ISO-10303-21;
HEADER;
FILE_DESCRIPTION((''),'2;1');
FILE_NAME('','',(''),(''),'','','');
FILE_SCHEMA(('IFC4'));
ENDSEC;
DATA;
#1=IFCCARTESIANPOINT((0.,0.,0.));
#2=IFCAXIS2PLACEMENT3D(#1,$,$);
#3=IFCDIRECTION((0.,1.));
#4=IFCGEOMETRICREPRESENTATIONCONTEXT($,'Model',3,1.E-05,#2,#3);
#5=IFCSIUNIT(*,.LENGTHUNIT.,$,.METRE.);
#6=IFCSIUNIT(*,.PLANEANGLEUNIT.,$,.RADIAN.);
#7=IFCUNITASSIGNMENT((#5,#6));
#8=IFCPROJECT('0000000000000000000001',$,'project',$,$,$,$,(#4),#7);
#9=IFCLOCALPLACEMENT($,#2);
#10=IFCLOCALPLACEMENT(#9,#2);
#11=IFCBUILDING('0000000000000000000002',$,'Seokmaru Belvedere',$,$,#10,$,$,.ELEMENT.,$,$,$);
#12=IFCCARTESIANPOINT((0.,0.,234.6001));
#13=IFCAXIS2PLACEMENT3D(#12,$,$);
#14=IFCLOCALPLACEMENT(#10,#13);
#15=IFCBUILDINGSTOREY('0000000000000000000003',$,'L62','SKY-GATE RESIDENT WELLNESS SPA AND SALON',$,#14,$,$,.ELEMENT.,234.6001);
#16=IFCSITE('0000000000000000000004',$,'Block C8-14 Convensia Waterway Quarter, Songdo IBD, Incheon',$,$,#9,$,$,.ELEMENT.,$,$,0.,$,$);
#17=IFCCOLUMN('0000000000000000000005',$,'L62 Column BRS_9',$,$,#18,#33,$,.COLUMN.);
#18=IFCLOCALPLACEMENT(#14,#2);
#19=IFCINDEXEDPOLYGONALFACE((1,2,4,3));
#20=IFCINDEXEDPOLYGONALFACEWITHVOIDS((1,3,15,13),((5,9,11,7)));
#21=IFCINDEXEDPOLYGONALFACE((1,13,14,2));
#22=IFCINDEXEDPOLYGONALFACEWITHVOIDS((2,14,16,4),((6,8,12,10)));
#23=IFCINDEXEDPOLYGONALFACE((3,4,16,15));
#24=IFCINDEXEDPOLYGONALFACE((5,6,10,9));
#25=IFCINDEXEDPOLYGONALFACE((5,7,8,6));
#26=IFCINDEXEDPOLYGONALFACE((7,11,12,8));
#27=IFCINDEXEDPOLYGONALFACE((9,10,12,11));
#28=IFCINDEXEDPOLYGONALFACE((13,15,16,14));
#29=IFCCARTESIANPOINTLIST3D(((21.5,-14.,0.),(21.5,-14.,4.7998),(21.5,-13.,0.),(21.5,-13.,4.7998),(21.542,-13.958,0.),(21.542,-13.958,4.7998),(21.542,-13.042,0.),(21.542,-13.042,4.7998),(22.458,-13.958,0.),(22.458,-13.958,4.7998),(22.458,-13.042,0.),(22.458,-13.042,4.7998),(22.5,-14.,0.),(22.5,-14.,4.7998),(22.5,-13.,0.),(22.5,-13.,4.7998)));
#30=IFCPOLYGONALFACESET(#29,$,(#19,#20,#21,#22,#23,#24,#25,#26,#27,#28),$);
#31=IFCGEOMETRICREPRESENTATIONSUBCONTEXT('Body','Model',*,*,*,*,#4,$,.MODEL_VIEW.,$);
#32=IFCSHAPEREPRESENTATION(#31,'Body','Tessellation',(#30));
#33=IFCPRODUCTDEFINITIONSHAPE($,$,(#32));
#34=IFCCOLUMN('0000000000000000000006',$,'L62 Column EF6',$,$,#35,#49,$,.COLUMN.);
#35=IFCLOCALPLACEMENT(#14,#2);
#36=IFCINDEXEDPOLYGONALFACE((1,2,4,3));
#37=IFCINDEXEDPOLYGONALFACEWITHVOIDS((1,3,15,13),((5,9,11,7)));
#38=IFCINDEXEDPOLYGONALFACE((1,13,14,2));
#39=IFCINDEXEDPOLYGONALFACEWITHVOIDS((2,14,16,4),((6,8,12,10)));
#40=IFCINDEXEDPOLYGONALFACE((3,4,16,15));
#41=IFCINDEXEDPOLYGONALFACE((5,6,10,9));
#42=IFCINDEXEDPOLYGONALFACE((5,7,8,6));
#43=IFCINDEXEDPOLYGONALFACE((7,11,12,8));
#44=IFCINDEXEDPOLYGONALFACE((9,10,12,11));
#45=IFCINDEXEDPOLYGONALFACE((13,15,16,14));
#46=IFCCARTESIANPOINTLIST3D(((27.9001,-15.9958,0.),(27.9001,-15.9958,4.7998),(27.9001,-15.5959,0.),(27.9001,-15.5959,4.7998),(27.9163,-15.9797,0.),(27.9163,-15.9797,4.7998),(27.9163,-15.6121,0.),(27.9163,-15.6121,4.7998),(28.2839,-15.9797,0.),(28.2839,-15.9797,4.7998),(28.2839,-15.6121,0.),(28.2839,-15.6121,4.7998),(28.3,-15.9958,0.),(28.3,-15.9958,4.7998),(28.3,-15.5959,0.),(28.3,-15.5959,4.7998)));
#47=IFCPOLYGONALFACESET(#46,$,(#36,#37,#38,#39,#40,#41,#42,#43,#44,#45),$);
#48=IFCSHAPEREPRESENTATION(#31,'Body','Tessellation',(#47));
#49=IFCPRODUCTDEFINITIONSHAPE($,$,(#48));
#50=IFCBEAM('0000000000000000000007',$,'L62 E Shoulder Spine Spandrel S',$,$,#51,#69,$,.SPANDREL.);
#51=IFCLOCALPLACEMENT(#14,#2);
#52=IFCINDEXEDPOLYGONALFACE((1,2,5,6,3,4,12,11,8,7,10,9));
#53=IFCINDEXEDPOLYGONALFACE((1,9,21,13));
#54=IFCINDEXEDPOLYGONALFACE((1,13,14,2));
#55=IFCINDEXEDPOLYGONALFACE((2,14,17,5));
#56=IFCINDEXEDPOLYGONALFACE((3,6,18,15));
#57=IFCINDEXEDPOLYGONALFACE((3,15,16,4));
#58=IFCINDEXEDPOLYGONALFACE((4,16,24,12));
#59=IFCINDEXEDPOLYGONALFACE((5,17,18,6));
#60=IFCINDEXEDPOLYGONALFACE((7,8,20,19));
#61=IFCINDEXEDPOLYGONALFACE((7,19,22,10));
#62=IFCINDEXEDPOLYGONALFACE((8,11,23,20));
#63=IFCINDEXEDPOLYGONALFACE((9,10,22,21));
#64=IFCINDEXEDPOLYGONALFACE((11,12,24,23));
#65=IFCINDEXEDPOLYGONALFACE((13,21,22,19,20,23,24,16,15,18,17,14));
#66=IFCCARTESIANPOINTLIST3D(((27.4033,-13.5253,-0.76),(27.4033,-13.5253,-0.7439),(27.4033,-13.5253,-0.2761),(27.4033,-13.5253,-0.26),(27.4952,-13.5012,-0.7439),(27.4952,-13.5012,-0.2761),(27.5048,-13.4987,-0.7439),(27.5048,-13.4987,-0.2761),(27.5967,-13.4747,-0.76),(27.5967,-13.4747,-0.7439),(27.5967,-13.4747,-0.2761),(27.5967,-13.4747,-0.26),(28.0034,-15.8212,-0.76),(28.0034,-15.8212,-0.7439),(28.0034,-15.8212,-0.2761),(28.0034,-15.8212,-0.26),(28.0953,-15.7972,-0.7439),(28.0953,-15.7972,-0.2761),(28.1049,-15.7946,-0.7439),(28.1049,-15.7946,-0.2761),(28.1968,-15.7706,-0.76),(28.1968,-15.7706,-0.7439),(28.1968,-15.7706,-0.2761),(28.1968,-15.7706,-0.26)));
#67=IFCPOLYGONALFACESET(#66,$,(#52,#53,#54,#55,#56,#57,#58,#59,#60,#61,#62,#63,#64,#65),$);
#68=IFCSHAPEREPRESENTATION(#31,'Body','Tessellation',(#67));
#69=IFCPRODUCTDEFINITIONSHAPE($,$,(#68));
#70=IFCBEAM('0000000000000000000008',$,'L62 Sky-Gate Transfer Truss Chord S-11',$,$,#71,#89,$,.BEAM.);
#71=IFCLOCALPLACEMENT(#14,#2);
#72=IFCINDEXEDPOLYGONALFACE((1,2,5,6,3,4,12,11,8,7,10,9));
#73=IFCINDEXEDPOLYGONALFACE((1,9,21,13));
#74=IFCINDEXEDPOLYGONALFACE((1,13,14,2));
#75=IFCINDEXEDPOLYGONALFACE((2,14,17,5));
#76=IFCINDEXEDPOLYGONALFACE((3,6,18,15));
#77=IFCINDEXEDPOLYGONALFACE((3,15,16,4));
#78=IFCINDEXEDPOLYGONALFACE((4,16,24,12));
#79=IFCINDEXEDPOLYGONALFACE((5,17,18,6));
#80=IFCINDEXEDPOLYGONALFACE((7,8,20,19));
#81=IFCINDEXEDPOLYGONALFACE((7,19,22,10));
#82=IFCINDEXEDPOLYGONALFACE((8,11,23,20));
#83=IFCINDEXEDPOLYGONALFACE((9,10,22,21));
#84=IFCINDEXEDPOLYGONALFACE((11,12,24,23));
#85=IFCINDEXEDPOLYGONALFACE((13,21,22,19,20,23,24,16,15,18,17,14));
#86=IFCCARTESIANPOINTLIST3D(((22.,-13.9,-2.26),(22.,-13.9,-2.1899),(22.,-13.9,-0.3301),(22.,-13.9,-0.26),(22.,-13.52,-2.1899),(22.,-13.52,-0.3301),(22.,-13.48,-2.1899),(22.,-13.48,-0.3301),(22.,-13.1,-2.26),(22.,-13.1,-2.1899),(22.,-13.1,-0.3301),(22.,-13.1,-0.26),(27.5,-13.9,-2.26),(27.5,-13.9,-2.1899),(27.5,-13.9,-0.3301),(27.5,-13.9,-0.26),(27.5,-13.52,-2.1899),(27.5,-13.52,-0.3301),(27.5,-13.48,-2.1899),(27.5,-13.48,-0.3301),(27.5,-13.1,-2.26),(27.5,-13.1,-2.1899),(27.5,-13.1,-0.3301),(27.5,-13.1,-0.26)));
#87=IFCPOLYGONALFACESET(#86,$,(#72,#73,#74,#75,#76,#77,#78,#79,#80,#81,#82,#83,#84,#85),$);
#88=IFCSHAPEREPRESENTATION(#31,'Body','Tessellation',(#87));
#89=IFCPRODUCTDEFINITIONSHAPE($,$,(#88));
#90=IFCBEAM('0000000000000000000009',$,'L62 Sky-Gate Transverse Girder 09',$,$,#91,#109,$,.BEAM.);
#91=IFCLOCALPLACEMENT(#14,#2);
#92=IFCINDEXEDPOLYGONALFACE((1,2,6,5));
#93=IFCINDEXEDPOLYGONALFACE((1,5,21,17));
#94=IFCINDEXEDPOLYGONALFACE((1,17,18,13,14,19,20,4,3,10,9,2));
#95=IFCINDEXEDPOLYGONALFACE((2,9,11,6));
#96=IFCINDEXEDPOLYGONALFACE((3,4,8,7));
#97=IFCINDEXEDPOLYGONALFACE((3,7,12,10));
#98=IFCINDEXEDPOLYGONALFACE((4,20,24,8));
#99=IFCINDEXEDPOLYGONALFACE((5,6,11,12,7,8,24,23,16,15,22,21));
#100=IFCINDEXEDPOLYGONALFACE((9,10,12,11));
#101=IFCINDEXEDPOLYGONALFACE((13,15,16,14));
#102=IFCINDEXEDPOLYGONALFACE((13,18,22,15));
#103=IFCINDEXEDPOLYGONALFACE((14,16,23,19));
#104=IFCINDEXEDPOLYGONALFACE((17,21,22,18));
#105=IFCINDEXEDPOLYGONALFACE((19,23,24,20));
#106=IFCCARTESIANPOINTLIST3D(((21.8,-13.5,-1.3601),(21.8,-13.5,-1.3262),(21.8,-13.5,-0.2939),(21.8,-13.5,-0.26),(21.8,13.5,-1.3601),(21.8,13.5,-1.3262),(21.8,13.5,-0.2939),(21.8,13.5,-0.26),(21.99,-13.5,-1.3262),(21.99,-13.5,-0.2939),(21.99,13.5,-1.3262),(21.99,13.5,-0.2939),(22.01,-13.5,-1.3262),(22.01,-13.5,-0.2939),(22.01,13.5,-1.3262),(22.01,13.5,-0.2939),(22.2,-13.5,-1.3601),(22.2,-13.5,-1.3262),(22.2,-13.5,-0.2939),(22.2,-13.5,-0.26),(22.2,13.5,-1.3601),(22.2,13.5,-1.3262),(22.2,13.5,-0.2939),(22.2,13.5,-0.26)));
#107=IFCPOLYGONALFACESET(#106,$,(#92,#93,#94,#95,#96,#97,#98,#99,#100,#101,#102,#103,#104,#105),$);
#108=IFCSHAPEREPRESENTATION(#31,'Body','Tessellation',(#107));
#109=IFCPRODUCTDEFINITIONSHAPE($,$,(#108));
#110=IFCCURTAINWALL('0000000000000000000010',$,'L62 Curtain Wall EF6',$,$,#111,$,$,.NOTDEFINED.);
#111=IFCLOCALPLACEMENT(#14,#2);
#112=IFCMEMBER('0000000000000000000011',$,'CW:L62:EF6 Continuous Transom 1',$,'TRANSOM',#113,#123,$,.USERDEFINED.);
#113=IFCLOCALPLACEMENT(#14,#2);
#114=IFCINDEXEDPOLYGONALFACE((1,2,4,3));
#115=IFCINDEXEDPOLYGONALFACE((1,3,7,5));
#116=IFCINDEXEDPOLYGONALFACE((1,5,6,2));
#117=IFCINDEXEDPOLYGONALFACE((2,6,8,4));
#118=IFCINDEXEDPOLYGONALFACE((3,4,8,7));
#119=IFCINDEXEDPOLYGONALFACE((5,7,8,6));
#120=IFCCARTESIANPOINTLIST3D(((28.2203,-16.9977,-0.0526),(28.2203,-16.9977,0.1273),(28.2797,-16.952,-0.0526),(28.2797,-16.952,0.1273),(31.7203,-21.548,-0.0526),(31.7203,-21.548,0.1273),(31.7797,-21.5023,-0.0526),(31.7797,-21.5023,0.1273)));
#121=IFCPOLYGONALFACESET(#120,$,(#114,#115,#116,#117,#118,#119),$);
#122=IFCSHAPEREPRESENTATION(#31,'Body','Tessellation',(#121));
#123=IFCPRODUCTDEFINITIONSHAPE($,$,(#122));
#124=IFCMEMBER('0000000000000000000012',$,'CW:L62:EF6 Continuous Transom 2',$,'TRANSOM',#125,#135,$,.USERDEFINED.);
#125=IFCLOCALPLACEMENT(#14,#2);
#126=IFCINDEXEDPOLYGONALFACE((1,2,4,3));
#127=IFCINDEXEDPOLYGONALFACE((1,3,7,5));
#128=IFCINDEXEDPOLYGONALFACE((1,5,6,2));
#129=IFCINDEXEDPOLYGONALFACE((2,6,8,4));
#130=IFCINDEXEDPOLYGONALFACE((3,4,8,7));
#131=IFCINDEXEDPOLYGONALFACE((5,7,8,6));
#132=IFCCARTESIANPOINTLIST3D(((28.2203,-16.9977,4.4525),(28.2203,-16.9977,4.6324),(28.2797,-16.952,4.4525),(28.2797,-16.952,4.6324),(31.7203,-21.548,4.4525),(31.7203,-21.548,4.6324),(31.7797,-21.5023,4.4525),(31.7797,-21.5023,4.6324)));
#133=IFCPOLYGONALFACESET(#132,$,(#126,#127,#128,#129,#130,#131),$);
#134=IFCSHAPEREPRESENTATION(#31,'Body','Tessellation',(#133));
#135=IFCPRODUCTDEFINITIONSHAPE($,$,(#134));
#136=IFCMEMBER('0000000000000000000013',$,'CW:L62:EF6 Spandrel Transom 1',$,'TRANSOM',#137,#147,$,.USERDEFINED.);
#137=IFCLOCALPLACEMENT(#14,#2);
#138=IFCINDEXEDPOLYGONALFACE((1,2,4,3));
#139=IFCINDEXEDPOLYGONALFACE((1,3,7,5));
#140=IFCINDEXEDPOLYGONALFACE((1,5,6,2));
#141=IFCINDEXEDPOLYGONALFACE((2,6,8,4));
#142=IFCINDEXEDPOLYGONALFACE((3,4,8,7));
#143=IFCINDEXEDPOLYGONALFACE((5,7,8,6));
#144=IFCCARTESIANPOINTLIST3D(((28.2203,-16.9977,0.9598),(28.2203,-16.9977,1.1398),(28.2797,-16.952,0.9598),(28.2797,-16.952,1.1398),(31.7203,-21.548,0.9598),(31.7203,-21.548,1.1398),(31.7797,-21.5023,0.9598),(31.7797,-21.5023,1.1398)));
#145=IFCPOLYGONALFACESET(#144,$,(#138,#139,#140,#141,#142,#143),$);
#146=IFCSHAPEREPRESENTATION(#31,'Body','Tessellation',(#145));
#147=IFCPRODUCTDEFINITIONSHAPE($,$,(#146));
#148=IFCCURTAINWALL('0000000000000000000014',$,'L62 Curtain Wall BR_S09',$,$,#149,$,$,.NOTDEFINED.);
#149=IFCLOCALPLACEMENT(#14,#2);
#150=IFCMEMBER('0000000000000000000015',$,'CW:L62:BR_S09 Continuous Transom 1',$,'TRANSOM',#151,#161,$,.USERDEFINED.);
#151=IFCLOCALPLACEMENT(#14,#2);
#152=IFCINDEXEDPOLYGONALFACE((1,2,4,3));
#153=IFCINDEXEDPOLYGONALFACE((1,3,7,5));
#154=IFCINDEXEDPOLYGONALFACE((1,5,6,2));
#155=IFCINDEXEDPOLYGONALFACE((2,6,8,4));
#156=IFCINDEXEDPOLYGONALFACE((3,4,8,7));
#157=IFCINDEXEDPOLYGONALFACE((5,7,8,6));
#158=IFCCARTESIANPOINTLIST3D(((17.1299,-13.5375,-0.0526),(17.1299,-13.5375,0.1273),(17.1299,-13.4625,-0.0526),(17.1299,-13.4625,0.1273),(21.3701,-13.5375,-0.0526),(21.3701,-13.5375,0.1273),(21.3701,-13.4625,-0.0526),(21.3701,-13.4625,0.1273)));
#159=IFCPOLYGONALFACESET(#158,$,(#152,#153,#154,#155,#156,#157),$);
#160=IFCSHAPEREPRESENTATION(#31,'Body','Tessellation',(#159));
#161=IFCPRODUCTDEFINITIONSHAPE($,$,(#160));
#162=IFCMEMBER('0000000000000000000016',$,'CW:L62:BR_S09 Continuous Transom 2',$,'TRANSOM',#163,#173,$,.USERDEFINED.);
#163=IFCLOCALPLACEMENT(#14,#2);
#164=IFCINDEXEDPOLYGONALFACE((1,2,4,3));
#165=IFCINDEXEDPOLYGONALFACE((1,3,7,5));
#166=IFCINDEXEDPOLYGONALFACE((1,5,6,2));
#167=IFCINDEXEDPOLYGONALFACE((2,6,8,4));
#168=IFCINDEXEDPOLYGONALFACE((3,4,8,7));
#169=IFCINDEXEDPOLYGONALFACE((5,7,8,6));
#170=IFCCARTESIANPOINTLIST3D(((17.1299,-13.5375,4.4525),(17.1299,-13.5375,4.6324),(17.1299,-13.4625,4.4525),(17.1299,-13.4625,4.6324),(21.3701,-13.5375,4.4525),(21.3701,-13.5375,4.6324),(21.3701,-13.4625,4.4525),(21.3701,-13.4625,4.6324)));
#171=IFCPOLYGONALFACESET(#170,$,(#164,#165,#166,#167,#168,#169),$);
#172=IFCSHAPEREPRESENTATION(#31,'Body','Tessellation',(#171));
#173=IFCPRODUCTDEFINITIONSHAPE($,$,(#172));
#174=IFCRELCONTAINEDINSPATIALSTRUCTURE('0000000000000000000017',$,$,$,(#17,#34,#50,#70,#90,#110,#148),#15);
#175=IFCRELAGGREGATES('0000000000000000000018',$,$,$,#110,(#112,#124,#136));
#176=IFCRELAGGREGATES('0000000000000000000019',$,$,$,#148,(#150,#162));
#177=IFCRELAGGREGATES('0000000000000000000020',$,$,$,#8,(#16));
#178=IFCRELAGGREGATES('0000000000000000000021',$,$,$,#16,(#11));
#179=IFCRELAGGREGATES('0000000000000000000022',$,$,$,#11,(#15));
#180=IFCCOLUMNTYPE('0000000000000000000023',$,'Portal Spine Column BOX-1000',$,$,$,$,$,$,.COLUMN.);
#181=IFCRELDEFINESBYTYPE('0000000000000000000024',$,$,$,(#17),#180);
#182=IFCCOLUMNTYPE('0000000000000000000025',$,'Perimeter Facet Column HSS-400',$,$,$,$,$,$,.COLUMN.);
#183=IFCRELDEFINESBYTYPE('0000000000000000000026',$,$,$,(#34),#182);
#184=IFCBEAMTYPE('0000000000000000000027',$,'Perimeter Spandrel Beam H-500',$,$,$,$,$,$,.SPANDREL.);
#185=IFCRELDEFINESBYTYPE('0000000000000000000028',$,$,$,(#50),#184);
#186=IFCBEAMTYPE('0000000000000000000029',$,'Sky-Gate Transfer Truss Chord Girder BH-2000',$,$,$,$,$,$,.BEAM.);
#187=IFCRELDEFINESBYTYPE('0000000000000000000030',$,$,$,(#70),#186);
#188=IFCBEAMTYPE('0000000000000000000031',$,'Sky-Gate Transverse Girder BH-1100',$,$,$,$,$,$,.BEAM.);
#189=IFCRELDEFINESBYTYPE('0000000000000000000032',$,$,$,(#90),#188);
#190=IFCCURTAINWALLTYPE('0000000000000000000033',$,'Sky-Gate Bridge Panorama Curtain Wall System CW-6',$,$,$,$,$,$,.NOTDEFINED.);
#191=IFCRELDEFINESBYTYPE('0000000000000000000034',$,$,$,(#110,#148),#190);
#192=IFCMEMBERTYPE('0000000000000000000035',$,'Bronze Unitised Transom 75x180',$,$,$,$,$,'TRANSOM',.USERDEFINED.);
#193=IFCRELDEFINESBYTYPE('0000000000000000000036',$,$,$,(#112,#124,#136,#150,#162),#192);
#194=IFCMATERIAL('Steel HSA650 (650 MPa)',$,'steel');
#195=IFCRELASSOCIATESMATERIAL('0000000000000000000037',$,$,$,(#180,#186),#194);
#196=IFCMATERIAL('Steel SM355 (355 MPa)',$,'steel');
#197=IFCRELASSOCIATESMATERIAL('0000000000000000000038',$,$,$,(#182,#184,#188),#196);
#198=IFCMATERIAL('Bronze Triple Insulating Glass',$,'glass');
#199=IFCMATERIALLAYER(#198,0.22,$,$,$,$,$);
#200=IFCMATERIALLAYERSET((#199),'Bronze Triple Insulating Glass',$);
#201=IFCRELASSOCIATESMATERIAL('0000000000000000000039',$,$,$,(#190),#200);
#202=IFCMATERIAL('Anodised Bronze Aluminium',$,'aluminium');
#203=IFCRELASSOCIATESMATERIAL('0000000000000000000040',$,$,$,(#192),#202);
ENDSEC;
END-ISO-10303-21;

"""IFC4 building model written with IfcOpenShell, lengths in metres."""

from ifc_helpers import new_model, si_unit, direction, frame, origin, origin_2d, place, context, subcontext, project, spatial, rectangle, hollow_rectangle, i_section, extrude, source, transform, mapped, material, layer, layer_set, material_profile, profile_set, type_object, type_shapes, element, aggregate, save


model = new_model("IFC4")

# Units and contexts
model_context = context("Model", 3, precision=1e-05, world=origin(), true_north=direction((0.0, 1.0)))
body_context = subcontext(model_context, "Body", "Model", "MODEL_VIEW")
ifc_project = project(units=[si_unit("LENGTHUNIT", "METRE"), si_unit("PLANEANGLEUNIT", "RADIAN")], contexts=[model_context])

# Site, building, storey
site_placement = place(None, origin())
site = spatial("IfcSite", under=ifc_project, at=site_placement, Name="Block C8-14 Convensia Waterway Quarter, Songdo IBD, Incheon", CompositionType="ELEMENT", RefElevation=0.0)
building_placement = place(site_placement, origin())
building = spatial("IfcBuilding", under=site, at=building_placement, Name="Seokmaru Belvedere", CompositionType="ELEMENT")
storey_placement = place(building_placement, frame((0.0, 0.0, 234.6001)))
storey = spatial("IfcBuildingStorey", under=building, at=storey_placement, Name="L62", Description="SKY-GATE RESIDENT WELLNESS SPA AND SALON", CompositionType="ELEMENT", Elevation=234.6001)

# Columns
ifc_material_1 = material(Name="Steel HSA650 (650 MPa)", Category="steel")
ifc_material_profile_1 = material_profile(ifc_material_1, hollow_rectangle(XDim=1.0, YDim=1.0, WallThickness=0.042, at=origin_2d()), Name="BOX-1000x1000x42")
ifc_profile_set_1 = profile_set([ifc_material_profile_1], Name="Steel HSA650 (650 MPa)")
column_type_1 = type_object("IfcColumnType", Name="Portal Spine Column BOX-1000", PredefinedType="COLUMN", material=ifc_profile_set_1)
shared_shape_1 = source(origin(), body_context, "Body", "SweptSolid", [
    extrude(hollow_rectangle(XDim=1.0, YDim=1.0, WallThickness=0.042, at=origin_2d()), origin(), (0.0, 0.0, 1.0), 4.7998),
])
type_shapes(column_type_1, [shared_shape_1])
column_1_placement = place(storey_placement, frame((22.0, -13.5, 0.0), z_axis=(0.0, 0.0, 1.0), x_axis=(1.0, 0.0, 0.0)))
element("IfcColumn", 1, at=column_1_placement, inside=storey, type_object=column_type_1, Name="L62 Column BRS_9", PredefinedType="COLUMN", context=body_context, shape_type="MappedRepresentation", body=[
    mapped(shared_shape_1, transform((0.0, 0.0, 0.0), scale=1.0)),
])
ifc_material_2 = material(Name="Steel SM355 (355 MPa)", Category="steel")
ifc_material_profile_2 = material_profile(ifc_material_2, hollow_rectangle(XDim=0.3999, YDim=0.3999, WallThickness=0.0161, at=origin_2d()), Name="HSS-400x400x16")
ifc_profile_set_2 = profile_set([ifc_material_profile_2], Name="Steel SM355 (355 MPa)")
column_type_2 = type_object("IfcColumnType", Name="Perimeter Facet Column HSS-400", PredefinedType="COLUMN", material=ifc_profile_set_2)
shared_shape_2 = source(origin(), body_context, "Body", "SweptSolid", [
    extrude(hollow_rectangle(XDim=0.3999, YDim=0.3999, WallThickness=0.0161, at=origin_2d()), origin(), (0.0, 0.0, 1.0), 4.7998),
])
type_shapes(column_type_2, [shared_shape_2])
column_2_placement = place(storey_placement, frame((28.1001, -15.7959, 0.0), z_axis=(0.0, 0.0, 1.0), x_axis=(1.0, 0.0, 0.0)))
element("IfcColumn", 2, at=column_2_placement, inside=storey, type_object=column_type_2, Name="L62 Column EF6", PredefinedType="COLUMN", context=body_context, shape_type="MappedRepresentation", body=[
    mapped(shared_shape_2, transform((0.0, 0.0, 0.0), scale=1.0)),
])

# Beams
ifc_material_profile_3 = material_profile(ifc_material_2, i_section(OverallWidth=0.2, OverallDepth=0.5, WebThickness=0.01, FlangeThickness=0.0161, at=origin_2d()), Name="H-500x200x10x16")
ifc_profile_set_3 = profile_set([ifc_material_profile_3], Name="Steel SM355 (355 MPa)")
beam_type_1 = type_object("IfcBeamType", Name="Perimeter Spandrel Beam H-500", PredefinedType="SPANDREL", material=ifc_profile_set_3)
shared_shape_3 = source(origin(), body_context, "Body", "SweptSolid", [
    extrude(i_section(OverallWidth=0.2, OverallDepth=0.5, WebThickness=0.01, FlangeThickness=0.0161, at=origin_2d()), origin(), (0.0, 0.0, 1.0), 2.373),
])
type_shapes(beam_type_1, [shared_shape_3])
beam_1_placement = place(storey_placement, frame((28.1001, -15.7959, -0.51), z_axis=(-0.252883, 0.967497, 0.0), x_axis=(-0.967497, -0.252883, 0.0)))
element("IfcBeam", 3, at=beam_1_placement, inside=storey, type_object=beam_type_1, Name="L62 E Shoulder Spine Spandrel S", PredefinedType="SPANDREL", context=body_context, shape_type="MappedRepresentation", body=[
    mapped(shared_shape_3, transform((0.0, 0.0, 0.0), scale=1.0)),
])
ifc_material_profile_4 = material_profile(ifc_material_1, i_section(OverallWidth=0.8, OverallDepth=2.0, WebThickness=0.04, FlangeThickness=0.0701, at=origin_2d()), Name="BH-2000x800x40x70")
ifc_profile_set_4 = profile_set([ifc_material_profile_4], Name="Steel HSA650 (650 MPa)")
beam_type_2 = type_object("IfcBeamType", Name="Sky-Gate Transfer Truss Chord Girder BH-2000", PredefinedType="BEAM", material=ifc_profile_set_4)
shared_shape_4 = source(origin(), body_context, "Body", "SweptSolid", [
    extrude(i_section(OverallWidth=0.8, OverallDepth=2.0, WebThickness=0.04, FlangeThickness=0.0701, at=origin_2d()), origin(), (0.0, 0.0, 1.0), 5.5),
])
type_shapes(beam_type_2, [shared_shape_4])
beam_2_placement = place(storey_placement, frame((22.0, -13.5, -1.26), z_axis=(1.0, 0.0, 0.0), x_axis=(0.0, 1.0, 0.0)))
element("IfcBeam", 4, at=beam_2_placement, inside=storey, type_object=beam_type_2, Name="L62 Sky-Gate Transfer Truss Chord S-11", PredefinedType="BEAM", context=body_context, shape_type="MappedRepresentation", body=[
    mapped(shared_shape_4, transform((0.0, 0.0, 0.0), scale=1.0)),
])
ifc_material_profile_5 = material_profile(ifc_material_2, i_section(OverallWidth=0.3999, OverallDepth=1.1001, WebThickness=0.02, FlangeThickness=0.0339, at=origin_2d()), Name="BH-1100x400x20x34")
ifc_profile_set_5 = profile_set([ifc_material_profile_5], Name="Steel SM355 (355 MPa)")
beam_type_3 = type_object("IfcBeamType", Name="Sky-Gate Transverse Girder BH-1100", PredefinedType="BEAM", material=ifc_profile_set_5)
shared_shape_5 = source(origin(), body_context, "Body", "SweptSolid", [
    extrude(i_section(OverallWidth=0.3999, OverallDepth=1.1001, WebThickness=0.02, FlangeThickness=0.0339, at=origin_2d()), origin(), (0.0, 0.0, 1.0), 27.0),
])
type_shapes(beam_type_3, [shared_shape_5])
beam_3_placement = place(storey_placement, frame((22.0, -13.5, -0.8101), z_axis=(0.0, 1.0, 0.0), x_axis=(-1.0, 0.0, 0.0)))
element("IfcBeam", 5, at=beam_3_placement, inside=storey, type_object=beam_type_3, Name="L62 Sky-Gate Transverse Girder 09", PredefinedType="BEAM", context=body_context, shape_type="MappedRepresentation", body=[
    mapped(shared_shape_5, transform((0.0, 0.0, 0.0), scale=1.0)),
])

# Curtain walls, members
ifc_material_3 = material(Name="Bronze Triple Insulating Glass", Category="glass")
ifc_layer_1 = layer(ifc_material_3, 0.22)
ifc_layer_set_1 = layer_set([ifc_layer_1], Name="Bronze Triple Insulating Glass")
curtain_wall_type = type_object("IfcCurtainWallType", Name="Sky-Gate Bridge Panorama Curtain Wall System CW-6", PredefinedType="NOTDEFINED", material=ifc_layer_set_1)
curtain_wall_1_placement = place(storey_placement, origin())
curtain_wall_1 = element("IfcCurtainWall", 6, at=curtain_wall_1_placement, inside=storey, type_object=curtain_wall_type, Name="L62 Curtain Wall EF6", PredefinedType="NOTDEFINED")
ifc_material_4 = material(Name="Anodised Bronze Aluminium", Category="aluminium")
ifc_material_profile_6 = material_profile(ifc_material_4, rectangle(XDim=0.075, YDim=0.1799, at=origin_2d()), Name="CW-T-75x180")
ifc_profile_set_6 = profile_set([ifc_material_profile_6], Name="Anodised Bronze Aluminium")
member_type_1 = type_object("IfcMemberType", Name="Bronze Unitised Transom 75x180", ElementType="TRANSOM", PredefinedType="USERDEFINED", material=ifc_profile_set_6)
shared_shape_6 = source(origin(), body_context, "Body", "SweptSolid", [
    extrude(rectangle(XDim=0.075, YDim=0.1799, at=origin_2d()), origin(), (0.0, 0.0, 1.0), 5.7407),
])
member_1_placement = place(storey_placement, frame((28.25, -16.9749, 0.0374), z_axis=(0.609686, -0.792643, 0.0), x_axis=(0.792643, 0.609686, 0.0)))
member_1 = element("IfcMember", 7, at=member_1_placement, type_object=member_type_1, Name="CW:L62:EF6 Continuous Transom 1", ObjectType="TRANSOM", PredefinedType="USERDEFINED", context=body_context, shape_type="MappedRepresentation", body=[
    mapped(shared_shape_6, transform((0.0, 0.0, 0.0), scale=1.0)),
])
member_2_placement = place(storey_placement, frame((28.25, -16.9749, 4.5425), z_axis=(0.609686, -0.792643, 0.0), x_axis=(0.792643, 0.609686, 0.0)))
member_2 = element("IfcMember", 8, at=member_2_placement, type_object=member_type_1, Name="CW:L62:EF6 Continuous Transom 2", ObjectType="TRANSOM", PredefinedType="USERDEFINED", context=body_context, shape_type="MappedRepresentation", body=[
    mapped(shared_shape_6, transform((0.0, 0.0, 0.0), scale=1.0)),
])
member_3_placement = place(storey_placement, frame((28.25, -16.9749, 1.0498), z_axis=(0.609686, -0.792643, 0.0), x_axis=(0.792643, 0.609686, 0.0)))
member_3 = element("IfcMember", 9, at=member_3_placement, type_object=member_type_1, Name="CW:L62:EF6 Spandrel Transom 1", ObjectType="TRANSOM", PredefinedType="USERDEFINED", context=body_context, shape_type="MappedRepresentation", body=[
    mapped(shared_shape_6, transform((0.0, 0.0, 0.0), scale=1.0)),
])
curtain_wall_2_placement = place(storey_placement, origin())
curtain_wall_2 = element("IfcCurtainWall", 10, at=curtain_wall_2_placement, inside=storey, type_object=curtain_wall_type, Name="L62 Curtain Wall BR_S09", PredefinedType="NOTDEFINED")
shared_shape_7 = source(origin(), body_context, "Body", "SweptSolid", [
    extrude(rectangle(XDim=0.075, YDim=0.1799, at=origin_2d()), origin(), (0.0, 0.0, 1.0), 4.2402),
])
type_shapes(member_type_1, [shared_shape_6, shared_shape_7])
member_4_placement = place(storey_placement, frame((17.1299, -13.5, 0.0374), z_axis=(1.0, 0.0, 0.0), x_axis=(0.0, 1.0, 0.0)))
member_4 = element("IfcMember", 11, at=member_4_placement, type_object=member_type_1, Name="CW:L62:BR_S09 Continuous Transom 1", ObjectType="TRANSOM", PredefinedType="USERDEFINED", context=body_context, shape_type="MappedRepresentation", body=[
    mapped(shared_shape_7, transform((0.0, 0.0, 0.0), scale=1.0)),
])
member_5_placement = place(storey_placement, frame((17.1299, -13.5, 4.5425), z_axis=(1.0, 0.0, 0.0), x_axis=(0.0, 1.0, 0.0)))
member_5 = element("IfcMember", 12, at=member_5_placement, type_object=member_type_1, Name="CW:L62:BR_S09 Continuous Transom 2", ObjectType="TRANSOM", PredefinedType="USERDEFINED", context=body_context, shape_type="MappedRepresentation", body=[
    mapped(shared_shape_7, transform((0.0, 0.0, 0.0), scale=1.0)),
])

aggregate(curtain_wall_1, [member_1, member_2, member_3])
aggregate(curtain_wall_2, [member_4, member_5])

save(model, "model.ifc")
